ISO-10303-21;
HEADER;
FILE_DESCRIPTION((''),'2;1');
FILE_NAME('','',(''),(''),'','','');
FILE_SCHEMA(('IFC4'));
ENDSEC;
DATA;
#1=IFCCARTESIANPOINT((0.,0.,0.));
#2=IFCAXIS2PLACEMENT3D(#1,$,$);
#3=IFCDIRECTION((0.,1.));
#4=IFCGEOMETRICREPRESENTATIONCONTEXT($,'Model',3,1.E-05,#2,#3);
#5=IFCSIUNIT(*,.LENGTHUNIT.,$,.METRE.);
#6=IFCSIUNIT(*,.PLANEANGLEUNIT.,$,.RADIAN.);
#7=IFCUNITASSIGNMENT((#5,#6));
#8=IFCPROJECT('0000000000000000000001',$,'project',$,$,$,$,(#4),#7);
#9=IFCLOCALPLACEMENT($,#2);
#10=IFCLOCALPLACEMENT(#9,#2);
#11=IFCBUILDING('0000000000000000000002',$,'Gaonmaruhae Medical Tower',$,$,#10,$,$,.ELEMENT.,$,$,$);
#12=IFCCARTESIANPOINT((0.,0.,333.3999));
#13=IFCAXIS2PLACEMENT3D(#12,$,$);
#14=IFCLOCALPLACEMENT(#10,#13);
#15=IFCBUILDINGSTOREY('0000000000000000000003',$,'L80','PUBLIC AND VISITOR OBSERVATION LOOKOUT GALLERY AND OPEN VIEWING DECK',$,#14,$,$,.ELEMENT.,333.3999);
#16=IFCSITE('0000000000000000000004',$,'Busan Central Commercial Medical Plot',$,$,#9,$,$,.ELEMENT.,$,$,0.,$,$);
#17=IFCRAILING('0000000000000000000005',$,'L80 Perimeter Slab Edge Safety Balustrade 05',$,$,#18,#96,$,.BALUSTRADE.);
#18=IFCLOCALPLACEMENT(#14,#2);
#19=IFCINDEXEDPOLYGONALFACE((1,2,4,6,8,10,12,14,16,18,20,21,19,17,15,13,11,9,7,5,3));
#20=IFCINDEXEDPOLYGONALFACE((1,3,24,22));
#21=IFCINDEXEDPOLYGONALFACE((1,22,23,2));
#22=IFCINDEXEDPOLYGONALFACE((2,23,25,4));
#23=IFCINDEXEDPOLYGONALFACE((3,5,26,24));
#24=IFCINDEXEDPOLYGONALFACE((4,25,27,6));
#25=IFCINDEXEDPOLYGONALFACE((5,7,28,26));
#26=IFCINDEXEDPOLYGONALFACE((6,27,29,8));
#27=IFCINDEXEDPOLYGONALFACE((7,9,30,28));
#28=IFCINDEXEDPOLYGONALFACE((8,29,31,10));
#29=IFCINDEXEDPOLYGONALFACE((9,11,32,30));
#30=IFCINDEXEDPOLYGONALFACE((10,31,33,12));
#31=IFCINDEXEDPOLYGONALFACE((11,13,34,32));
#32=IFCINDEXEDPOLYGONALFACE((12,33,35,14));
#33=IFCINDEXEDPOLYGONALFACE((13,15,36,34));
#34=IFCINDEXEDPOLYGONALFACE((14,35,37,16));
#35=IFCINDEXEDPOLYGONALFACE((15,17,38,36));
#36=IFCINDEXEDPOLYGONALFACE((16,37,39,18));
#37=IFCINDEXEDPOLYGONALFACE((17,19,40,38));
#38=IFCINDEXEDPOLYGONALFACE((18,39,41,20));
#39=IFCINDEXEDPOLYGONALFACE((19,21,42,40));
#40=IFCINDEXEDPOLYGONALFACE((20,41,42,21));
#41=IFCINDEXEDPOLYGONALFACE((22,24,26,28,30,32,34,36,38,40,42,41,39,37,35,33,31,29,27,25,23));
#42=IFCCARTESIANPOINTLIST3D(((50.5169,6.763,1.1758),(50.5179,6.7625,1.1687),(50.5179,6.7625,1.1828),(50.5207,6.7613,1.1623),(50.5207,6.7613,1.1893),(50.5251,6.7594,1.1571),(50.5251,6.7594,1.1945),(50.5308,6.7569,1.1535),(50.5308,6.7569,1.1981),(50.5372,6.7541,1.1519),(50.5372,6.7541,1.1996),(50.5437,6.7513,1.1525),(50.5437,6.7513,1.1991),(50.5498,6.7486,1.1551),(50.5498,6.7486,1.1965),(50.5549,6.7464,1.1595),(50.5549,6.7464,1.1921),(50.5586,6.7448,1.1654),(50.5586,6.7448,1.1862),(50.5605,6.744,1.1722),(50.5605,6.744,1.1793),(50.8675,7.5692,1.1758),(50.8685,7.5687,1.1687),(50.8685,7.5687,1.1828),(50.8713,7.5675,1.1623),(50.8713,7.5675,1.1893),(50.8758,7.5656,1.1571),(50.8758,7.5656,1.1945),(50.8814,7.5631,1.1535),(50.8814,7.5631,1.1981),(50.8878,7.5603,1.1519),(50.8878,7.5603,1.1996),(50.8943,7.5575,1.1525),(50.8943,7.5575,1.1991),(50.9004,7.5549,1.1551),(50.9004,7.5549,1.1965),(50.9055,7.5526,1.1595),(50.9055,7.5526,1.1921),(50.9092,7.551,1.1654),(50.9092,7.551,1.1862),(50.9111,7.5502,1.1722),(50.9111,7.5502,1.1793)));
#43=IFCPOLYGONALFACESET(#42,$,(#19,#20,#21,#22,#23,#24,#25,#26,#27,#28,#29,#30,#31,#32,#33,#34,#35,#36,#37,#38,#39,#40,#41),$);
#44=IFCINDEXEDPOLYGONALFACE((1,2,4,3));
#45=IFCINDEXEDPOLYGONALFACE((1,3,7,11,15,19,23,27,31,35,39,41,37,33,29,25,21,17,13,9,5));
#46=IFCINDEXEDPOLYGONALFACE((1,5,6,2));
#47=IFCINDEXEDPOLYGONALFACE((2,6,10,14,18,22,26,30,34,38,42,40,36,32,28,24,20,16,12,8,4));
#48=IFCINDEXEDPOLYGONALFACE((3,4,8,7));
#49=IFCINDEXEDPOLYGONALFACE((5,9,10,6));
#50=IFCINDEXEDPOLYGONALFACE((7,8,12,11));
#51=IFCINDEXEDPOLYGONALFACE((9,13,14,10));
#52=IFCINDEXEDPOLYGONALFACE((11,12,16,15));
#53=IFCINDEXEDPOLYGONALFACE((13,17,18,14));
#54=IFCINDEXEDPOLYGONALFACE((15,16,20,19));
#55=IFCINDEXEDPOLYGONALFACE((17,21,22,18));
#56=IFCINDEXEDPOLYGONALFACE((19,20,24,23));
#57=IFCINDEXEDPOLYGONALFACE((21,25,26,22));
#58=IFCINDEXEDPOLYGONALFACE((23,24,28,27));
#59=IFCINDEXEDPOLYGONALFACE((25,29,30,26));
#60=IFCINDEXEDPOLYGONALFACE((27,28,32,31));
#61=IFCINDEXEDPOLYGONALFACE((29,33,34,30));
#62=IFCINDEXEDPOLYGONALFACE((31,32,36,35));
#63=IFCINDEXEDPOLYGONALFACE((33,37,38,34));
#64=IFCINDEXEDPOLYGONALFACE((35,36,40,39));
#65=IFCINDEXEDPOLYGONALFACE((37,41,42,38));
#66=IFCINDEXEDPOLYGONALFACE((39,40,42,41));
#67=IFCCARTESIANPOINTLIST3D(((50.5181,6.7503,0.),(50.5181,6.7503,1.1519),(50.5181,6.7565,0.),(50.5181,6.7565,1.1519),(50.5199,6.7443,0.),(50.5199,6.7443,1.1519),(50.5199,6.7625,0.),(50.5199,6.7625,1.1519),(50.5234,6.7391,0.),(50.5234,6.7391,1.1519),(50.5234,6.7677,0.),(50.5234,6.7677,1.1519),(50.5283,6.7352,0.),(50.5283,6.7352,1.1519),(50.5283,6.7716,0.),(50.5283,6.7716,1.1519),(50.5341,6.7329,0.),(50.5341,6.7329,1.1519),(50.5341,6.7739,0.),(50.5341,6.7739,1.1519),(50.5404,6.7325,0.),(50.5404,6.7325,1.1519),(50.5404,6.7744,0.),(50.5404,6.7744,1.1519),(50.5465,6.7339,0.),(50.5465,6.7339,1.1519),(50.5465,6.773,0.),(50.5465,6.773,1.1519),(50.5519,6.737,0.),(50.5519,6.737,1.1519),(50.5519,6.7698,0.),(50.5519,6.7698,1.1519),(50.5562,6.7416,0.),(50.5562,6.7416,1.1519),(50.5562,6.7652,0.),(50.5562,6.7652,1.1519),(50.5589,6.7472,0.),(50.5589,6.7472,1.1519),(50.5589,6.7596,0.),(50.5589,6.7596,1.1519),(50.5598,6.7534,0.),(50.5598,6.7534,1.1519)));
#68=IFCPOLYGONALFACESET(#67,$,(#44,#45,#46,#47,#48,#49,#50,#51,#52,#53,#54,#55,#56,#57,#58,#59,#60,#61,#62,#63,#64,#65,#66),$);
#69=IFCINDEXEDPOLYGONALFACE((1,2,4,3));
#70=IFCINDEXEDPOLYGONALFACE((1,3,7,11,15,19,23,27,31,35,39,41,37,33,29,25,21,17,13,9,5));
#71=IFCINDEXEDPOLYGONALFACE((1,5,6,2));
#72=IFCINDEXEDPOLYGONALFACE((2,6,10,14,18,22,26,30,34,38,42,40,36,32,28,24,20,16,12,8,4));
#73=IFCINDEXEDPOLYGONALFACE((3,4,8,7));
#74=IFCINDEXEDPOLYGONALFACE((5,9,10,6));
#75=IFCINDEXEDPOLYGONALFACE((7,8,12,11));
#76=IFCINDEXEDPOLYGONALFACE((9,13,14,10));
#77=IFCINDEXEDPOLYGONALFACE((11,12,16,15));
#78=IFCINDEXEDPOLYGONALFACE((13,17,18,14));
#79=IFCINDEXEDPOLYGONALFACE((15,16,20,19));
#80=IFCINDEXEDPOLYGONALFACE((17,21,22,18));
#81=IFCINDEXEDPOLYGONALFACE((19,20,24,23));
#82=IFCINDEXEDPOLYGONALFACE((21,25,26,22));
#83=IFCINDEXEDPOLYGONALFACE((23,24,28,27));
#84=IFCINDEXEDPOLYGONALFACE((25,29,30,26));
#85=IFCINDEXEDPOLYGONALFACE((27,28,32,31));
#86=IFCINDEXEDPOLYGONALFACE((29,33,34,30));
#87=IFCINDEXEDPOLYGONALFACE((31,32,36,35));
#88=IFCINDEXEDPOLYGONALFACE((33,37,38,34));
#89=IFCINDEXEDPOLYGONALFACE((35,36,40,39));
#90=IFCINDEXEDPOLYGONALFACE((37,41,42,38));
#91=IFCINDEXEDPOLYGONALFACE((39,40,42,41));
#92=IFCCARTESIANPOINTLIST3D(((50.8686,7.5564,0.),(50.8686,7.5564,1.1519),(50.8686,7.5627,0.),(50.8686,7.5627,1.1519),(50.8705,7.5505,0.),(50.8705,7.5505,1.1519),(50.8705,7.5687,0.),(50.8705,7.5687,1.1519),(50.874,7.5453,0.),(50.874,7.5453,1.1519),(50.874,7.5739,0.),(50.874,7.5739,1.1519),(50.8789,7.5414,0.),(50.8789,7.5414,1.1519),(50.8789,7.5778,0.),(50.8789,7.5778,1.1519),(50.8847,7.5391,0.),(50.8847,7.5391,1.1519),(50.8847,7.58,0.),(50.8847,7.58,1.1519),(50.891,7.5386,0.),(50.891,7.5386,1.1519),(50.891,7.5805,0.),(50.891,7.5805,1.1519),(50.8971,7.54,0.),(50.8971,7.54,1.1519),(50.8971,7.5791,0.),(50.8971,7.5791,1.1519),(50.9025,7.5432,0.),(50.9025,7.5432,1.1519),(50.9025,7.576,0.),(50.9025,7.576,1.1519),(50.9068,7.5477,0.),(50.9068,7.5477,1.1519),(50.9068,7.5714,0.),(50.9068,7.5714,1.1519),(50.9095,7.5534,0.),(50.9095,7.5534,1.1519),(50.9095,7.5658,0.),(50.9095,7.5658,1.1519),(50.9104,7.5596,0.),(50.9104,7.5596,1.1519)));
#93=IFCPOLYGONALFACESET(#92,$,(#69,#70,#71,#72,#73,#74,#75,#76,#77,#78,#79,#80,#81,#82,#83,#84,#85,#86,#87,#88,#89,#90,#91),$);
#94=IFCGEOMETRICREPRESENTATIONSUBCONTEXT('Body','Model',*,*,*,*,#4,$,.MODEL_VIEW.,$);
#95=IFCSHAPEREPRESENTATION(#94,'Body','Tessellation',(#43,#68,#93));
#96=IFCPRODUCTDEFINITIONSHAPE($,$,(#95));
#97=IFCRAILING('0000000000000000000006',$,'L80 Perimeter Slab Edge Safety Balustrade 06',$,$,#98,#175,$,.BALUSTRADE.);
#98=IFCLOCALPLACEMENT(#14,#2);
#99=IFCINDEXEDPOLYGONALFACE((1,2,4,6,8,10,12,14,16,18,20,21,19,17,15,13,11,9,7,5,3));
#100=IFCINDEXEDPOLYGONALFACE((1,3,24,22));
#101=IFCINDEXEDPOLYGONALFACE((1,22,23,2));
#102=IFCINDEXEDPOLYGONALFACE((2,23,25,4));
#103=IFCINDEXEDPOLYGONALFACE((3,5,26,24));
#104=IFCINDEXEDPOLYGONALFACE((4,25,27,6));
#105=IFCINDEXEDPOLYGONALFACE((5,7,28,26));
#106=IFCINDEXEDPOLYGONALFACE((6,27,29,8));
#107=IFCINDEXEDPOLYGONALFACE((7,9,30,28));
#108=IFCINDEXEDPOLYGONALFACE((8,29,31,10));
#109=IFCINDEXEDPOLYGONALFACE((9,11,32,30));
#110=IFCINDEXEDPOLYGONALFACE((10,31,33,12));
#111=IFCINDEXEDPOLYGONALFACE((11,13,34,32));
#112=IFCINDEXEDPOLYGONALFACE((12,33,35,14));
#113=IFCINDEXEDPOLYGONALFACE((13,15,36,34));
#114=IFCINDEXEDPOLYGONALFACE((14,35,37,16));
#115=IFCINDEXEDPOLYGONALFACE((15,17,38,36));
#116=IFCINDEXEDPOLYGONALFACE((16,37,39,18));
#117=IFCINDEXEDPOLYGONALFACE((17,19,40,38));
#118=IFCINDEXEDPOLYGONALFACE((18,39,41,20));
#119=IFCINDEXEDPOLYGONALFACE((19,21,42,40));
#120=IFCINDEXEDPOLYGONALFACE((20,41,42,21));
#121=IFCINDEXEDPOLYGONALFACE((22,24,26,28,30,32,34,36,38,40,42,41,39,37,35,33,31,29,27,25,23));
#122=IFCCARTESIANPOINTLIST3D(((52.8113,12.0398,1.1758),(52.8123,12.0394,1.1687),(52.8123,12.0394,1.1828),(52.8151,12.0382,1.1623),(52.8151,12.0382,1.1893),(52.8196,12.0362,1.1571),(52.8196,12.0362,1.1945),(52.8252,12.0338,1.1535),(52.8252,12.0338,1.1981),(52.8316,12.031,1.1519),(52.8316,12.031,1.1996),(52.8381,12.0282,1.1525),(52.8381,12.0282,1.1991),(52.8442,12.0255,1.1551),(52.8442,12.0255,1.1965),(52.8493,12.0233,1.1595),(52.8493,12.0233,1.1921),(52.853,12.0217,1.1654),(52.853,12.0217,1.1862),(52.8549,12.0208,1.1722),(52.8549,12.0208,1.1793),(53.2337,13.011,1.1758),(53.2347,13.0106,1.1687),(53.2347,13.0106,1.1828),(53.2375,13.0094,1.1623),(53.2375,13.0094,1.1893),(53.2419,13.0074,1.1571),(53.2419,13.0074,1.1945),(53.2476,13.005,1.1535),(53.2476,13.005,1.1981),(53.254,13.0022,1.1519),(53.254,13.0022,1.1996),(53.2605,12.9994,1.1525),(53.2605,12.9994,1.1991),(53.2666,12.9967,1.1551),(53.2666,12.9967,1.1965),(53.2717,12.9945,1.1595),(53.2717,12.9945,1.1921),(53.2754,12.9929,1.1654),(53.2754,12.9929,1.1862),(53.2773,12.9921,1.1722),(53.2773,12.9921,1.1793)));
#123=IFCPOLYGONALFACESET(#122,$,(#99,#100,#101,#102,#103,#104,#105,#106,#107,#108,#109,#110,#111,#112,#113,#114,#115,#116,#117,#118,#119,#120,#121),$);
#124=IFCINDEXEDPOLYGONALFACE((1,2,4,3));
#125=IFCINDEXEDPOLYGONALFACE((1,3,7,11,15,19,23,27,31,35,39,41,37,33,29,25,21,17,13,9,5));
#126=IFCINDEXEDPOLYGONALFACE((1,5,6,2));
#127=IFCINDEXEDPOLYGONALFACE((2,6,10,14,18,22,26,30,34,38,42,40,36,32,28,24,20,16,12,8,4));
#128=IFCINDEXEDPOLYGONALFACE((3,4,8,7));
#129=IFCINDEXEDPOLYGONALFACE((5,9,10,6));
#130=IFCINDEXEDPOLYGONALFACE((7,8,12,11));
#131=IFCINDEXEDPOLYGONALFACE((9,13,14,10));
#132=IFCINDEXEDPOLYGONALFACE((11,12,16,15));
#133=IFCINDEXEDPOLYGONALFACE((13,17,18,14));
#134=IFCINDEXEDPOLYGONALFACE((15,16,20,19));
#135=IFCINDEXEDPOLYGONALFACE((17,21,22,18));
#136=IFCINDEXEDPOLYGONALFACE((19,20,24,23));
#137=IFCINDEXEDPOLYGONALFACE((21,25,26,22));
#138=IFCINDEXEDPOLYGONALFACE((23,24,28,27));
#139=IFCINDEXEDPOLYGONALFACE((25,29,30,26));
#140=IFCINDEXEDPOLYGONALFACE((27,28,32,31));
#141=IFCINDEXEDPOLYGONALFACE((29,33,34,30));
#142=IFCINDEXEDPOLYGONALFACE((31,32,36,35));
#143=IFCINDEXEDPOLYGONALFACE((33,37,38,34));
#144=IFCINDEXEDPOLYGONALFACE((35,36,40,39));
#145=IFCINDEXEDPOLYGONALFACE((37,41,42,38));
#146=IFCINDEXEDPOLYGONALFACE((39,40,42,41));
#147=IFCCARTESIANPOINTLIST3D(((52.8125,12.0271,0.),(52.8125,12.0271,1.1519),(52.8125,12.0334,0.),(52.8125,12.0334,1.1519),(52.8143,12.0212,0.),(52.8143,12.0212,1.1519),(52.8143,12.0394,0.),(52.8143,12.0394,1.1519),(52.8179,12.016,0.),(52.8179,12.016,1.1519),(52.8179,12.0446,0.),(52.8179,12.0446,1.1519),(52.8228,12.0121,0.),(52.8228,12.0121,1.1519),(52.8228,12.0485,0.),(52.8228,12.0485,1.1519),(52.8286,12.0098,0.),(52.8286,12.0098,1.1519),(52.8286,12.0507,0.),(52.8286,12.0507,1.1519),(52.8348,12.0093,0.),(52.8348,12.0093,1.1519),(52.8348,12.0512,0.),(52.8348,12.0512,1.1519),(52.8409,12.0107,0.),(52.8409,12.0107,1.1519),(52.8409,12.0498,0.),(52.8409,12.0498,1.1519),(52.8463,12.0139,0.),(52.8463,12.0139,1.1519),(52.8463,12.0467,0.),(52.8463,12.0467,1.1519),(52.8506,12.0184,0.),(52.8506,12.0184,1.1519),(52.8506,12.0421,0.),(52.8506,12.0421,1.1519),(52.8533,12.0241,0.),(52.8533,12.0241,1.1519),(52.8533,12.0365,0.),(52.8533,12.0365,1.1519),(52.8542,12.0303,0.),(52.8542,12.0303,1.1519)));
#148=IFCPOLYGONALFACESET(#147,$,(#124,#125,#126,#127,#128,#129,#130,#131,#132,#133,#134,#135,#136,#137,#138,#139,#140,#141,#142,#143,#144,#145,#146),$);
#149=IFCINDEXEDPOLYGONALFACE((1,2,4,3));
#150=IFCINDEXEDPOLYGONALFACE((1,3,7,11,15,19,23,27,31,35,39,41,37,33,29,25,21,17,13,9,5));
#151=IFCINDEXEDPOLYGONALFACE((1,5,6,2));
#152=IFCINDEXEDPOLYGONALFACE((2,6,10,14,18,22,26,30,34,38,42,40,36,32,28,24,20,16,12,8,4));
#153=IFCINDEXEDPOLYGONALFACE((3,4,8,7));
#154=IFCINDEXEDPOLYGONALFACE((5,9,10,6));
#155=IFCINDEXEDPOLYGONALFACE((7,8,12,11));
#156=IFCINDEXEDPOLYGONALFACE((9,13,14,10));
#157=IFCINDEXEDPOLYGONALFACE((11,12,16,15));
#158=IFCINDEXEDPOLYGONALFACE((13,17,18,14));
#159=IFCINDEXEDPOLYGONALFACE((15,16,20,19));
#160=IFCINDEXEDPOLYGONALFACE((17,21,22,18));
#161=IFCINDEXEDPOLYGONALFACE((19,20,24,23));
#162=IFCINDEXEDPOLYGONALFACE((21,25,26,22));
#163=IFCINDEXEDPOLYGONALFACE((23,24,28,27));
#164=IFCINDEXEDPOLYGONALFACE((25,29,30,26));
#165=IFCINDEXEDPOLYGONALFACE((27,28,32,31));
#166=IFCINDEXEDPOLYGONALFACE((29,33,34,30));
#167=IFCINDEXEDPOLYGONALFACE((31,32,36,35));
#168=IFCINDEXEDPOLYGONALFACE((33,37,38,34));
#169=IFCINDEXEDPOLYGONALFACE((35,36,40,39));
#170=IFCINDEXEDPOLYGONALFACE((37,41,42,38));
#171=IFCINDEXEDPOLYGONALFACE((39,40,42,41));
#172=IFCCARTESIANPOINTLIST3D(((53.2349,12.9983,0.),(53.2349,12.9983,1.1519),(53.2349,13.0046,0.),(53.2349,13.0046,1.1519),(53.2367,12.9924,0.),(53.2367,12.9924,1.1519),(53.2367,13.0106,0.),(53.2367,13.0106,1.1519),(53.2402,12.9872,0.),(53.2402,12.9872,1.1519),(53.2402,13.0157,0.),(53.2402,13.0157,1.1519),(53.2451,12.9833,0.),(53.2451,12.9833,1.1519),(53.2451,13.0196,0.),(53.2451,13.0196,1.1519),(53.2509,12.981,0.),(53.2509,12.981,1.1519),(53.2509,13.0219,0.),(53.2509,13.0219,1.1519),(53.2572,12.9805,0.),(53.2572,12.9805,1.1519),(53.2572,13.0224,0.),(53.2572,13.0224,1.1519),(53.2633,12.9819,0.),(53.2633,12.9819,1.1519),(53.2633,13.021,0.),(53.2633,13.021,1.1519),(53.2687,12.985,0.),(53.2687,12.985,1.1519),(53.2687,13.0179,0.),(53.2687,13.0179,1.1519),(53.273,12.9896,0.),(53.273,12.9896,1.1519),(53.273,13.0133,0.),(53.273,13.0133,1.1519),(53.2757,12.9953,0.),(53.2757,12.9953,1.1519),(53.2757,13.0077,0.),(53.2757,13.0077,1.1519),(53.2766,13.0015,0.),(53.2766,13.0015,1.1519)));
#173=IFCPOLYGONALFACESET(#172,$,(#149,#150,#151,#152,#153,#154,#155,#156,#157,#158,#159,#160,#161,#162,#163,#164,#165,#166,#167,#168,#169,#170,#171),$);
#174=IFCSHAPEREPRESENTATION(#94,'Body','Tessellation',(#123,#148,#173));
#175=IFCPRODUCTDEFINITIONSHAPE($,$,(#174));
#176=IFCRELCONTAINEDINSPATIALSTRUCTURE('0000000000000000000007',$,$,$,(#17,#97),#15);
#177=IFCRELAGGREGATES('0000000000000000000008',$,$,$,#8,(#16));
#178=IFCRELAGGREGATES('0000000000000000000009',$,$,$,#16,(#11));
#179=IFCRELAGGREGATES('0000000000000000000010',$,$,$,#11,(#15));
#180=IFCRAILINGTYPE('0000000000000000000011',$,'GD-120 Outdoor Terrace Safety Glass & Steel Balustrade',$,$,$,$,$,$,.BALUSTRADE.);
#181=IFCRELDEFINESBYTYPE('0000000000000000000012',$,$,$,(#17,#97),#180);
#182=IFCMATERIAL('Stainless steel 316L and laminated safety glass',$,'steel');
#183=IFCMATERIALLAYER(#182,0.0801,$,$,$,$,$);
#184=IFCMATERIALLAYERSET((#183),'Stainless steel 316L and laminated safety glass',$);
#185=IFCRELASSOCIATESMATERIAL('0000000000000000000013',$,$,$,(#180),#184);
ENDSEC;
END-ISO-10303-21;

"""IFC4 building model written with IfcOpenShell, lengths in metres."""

from ifc_helpers import new_model, si_unit, direction, frame, origin, origin_2d, place, context, subcontext, project, spatial, circle, extrude, material, layer, layer_set, type_object, element, save


model = new_model("IFC4")

# Units and contexts
model_context = context("Model", 3, precision=1e-05, world=origin(), true_north=direction((0.0, 1.0)))
body_context = subcontext(model_context, "Body", "Model", "MODEL_VIEW")
ifc_project = project(units=[si_unit("LENGTHUNIT", "METRE"), si_unit("PLANEANGLEUNIT", "RADIAN")], contexts=[model_context])

# Site, building, storey
site_placement = place(None, origin())
site = spatial("IfcSite", under=ifc_project, at=site_placement, Name="Busan Central Commercial Medical Plot", CompositionType="ELEMENT", RefElevation=0.0)
building_placement = place(site_placement, origin())
building = spatial("IfcBuilding", under=site, at=building_placement, Name="Gaonmaruhae Medical Tower", CompositionType="ELEMENT")
storey_placement = place(building_placement, frame((0.0, 0.0, 333.3999)))
storey = spatial("IfcBuildingStorey", under=building, at=storey_placement, Name="L80", Description="PUBLIC AND VISITOR OBSERVATION LOOKOUT GALLERY AND OPEN VIEWING DECK", CompositionType="ELEMENT", Elevation=333.3999)

# Railings
ifc_material_1 = material(Name="Stainless steel 316L and laminated safety glass", Category="steel")
ifc_layer_1 = layer(ifc_material_1, 0.0801)
ifc_layer_set_1 = layer_set([ifc_layer_1], Name="Stainless steel 316L and laminated safety glass")
railing_type = type_object("IfcRailingType", Name="GD-120 Outdoor Terrace Safety Glass & Steel Balustrade", PredefinedType="BALUSTRADE", material=ifc_layer_set_1)
railing_placement = place(storey_placement, frame((50.5388, 6.7534, 0.0)))
element("IfcRailing", 1, at=railing_placement, inside=storey, type_object=railing_type, Name="L80 Perimeter Slab Edge Safety Balustrade 05", PredefinedType="BALUSTRADE", context=body_context, shape_type="SweptSolid", body=[
    extrude(circle(Radius=0.0239, at=origin_2d()), frame((0.0, 0.0, 1.1758), z_axis=(0.398807, 0.917035, 0.0), x_axis=(-0.917035, 0.398807, 0.0)), (0.0, 0.0, 1.0), 0.8792),
    extrude(circle(Radius=0.021, at=origin_2d()), origin(), (0.0, 0.0, 1.0), 1.1519),
    extrude(circle(Radius=0.021, at=origin_2d()), frame((0.3506, 0.8062, 0.0)), (0.0, 0.0, 1.0), 1.1519),
])
for number, where, name in (
    (2, (52.8333, 12.0303, 0.0), "L80 Perimeter Slab Edge Safety Balustrade 06"),
):
    element("IfcRailing", number, at=place(storey_placement, frame(where)), inside=storey, type_object=railing_type, Name=name, PredefinedType="BALUSTRADE", context=body_context, shape_type="SweptSolid", body=[
        extrude(circle(Radius=0.0239, at=origin_2d()), frame((0.0, 0.0, 1.1758), z_axis=(0.39881, 0.917033, 0.0), x_axis=(-0.917033, 0.39881, 0.0)), (0.0, 0.0, 1.0), 1.0591),
        extrude(circle(Radius=0.021, at=origin_2d()), origin(), (0.0, 0.0, 1.0), 1.1519),
        extrude(circle(Radius=0.021, at=origin_2d()), frame((0.4224, 0.9712, 0.0)), (0.0, 0.0, 1.0), 1.1519),
    ])

save(model, "model.ifc")
